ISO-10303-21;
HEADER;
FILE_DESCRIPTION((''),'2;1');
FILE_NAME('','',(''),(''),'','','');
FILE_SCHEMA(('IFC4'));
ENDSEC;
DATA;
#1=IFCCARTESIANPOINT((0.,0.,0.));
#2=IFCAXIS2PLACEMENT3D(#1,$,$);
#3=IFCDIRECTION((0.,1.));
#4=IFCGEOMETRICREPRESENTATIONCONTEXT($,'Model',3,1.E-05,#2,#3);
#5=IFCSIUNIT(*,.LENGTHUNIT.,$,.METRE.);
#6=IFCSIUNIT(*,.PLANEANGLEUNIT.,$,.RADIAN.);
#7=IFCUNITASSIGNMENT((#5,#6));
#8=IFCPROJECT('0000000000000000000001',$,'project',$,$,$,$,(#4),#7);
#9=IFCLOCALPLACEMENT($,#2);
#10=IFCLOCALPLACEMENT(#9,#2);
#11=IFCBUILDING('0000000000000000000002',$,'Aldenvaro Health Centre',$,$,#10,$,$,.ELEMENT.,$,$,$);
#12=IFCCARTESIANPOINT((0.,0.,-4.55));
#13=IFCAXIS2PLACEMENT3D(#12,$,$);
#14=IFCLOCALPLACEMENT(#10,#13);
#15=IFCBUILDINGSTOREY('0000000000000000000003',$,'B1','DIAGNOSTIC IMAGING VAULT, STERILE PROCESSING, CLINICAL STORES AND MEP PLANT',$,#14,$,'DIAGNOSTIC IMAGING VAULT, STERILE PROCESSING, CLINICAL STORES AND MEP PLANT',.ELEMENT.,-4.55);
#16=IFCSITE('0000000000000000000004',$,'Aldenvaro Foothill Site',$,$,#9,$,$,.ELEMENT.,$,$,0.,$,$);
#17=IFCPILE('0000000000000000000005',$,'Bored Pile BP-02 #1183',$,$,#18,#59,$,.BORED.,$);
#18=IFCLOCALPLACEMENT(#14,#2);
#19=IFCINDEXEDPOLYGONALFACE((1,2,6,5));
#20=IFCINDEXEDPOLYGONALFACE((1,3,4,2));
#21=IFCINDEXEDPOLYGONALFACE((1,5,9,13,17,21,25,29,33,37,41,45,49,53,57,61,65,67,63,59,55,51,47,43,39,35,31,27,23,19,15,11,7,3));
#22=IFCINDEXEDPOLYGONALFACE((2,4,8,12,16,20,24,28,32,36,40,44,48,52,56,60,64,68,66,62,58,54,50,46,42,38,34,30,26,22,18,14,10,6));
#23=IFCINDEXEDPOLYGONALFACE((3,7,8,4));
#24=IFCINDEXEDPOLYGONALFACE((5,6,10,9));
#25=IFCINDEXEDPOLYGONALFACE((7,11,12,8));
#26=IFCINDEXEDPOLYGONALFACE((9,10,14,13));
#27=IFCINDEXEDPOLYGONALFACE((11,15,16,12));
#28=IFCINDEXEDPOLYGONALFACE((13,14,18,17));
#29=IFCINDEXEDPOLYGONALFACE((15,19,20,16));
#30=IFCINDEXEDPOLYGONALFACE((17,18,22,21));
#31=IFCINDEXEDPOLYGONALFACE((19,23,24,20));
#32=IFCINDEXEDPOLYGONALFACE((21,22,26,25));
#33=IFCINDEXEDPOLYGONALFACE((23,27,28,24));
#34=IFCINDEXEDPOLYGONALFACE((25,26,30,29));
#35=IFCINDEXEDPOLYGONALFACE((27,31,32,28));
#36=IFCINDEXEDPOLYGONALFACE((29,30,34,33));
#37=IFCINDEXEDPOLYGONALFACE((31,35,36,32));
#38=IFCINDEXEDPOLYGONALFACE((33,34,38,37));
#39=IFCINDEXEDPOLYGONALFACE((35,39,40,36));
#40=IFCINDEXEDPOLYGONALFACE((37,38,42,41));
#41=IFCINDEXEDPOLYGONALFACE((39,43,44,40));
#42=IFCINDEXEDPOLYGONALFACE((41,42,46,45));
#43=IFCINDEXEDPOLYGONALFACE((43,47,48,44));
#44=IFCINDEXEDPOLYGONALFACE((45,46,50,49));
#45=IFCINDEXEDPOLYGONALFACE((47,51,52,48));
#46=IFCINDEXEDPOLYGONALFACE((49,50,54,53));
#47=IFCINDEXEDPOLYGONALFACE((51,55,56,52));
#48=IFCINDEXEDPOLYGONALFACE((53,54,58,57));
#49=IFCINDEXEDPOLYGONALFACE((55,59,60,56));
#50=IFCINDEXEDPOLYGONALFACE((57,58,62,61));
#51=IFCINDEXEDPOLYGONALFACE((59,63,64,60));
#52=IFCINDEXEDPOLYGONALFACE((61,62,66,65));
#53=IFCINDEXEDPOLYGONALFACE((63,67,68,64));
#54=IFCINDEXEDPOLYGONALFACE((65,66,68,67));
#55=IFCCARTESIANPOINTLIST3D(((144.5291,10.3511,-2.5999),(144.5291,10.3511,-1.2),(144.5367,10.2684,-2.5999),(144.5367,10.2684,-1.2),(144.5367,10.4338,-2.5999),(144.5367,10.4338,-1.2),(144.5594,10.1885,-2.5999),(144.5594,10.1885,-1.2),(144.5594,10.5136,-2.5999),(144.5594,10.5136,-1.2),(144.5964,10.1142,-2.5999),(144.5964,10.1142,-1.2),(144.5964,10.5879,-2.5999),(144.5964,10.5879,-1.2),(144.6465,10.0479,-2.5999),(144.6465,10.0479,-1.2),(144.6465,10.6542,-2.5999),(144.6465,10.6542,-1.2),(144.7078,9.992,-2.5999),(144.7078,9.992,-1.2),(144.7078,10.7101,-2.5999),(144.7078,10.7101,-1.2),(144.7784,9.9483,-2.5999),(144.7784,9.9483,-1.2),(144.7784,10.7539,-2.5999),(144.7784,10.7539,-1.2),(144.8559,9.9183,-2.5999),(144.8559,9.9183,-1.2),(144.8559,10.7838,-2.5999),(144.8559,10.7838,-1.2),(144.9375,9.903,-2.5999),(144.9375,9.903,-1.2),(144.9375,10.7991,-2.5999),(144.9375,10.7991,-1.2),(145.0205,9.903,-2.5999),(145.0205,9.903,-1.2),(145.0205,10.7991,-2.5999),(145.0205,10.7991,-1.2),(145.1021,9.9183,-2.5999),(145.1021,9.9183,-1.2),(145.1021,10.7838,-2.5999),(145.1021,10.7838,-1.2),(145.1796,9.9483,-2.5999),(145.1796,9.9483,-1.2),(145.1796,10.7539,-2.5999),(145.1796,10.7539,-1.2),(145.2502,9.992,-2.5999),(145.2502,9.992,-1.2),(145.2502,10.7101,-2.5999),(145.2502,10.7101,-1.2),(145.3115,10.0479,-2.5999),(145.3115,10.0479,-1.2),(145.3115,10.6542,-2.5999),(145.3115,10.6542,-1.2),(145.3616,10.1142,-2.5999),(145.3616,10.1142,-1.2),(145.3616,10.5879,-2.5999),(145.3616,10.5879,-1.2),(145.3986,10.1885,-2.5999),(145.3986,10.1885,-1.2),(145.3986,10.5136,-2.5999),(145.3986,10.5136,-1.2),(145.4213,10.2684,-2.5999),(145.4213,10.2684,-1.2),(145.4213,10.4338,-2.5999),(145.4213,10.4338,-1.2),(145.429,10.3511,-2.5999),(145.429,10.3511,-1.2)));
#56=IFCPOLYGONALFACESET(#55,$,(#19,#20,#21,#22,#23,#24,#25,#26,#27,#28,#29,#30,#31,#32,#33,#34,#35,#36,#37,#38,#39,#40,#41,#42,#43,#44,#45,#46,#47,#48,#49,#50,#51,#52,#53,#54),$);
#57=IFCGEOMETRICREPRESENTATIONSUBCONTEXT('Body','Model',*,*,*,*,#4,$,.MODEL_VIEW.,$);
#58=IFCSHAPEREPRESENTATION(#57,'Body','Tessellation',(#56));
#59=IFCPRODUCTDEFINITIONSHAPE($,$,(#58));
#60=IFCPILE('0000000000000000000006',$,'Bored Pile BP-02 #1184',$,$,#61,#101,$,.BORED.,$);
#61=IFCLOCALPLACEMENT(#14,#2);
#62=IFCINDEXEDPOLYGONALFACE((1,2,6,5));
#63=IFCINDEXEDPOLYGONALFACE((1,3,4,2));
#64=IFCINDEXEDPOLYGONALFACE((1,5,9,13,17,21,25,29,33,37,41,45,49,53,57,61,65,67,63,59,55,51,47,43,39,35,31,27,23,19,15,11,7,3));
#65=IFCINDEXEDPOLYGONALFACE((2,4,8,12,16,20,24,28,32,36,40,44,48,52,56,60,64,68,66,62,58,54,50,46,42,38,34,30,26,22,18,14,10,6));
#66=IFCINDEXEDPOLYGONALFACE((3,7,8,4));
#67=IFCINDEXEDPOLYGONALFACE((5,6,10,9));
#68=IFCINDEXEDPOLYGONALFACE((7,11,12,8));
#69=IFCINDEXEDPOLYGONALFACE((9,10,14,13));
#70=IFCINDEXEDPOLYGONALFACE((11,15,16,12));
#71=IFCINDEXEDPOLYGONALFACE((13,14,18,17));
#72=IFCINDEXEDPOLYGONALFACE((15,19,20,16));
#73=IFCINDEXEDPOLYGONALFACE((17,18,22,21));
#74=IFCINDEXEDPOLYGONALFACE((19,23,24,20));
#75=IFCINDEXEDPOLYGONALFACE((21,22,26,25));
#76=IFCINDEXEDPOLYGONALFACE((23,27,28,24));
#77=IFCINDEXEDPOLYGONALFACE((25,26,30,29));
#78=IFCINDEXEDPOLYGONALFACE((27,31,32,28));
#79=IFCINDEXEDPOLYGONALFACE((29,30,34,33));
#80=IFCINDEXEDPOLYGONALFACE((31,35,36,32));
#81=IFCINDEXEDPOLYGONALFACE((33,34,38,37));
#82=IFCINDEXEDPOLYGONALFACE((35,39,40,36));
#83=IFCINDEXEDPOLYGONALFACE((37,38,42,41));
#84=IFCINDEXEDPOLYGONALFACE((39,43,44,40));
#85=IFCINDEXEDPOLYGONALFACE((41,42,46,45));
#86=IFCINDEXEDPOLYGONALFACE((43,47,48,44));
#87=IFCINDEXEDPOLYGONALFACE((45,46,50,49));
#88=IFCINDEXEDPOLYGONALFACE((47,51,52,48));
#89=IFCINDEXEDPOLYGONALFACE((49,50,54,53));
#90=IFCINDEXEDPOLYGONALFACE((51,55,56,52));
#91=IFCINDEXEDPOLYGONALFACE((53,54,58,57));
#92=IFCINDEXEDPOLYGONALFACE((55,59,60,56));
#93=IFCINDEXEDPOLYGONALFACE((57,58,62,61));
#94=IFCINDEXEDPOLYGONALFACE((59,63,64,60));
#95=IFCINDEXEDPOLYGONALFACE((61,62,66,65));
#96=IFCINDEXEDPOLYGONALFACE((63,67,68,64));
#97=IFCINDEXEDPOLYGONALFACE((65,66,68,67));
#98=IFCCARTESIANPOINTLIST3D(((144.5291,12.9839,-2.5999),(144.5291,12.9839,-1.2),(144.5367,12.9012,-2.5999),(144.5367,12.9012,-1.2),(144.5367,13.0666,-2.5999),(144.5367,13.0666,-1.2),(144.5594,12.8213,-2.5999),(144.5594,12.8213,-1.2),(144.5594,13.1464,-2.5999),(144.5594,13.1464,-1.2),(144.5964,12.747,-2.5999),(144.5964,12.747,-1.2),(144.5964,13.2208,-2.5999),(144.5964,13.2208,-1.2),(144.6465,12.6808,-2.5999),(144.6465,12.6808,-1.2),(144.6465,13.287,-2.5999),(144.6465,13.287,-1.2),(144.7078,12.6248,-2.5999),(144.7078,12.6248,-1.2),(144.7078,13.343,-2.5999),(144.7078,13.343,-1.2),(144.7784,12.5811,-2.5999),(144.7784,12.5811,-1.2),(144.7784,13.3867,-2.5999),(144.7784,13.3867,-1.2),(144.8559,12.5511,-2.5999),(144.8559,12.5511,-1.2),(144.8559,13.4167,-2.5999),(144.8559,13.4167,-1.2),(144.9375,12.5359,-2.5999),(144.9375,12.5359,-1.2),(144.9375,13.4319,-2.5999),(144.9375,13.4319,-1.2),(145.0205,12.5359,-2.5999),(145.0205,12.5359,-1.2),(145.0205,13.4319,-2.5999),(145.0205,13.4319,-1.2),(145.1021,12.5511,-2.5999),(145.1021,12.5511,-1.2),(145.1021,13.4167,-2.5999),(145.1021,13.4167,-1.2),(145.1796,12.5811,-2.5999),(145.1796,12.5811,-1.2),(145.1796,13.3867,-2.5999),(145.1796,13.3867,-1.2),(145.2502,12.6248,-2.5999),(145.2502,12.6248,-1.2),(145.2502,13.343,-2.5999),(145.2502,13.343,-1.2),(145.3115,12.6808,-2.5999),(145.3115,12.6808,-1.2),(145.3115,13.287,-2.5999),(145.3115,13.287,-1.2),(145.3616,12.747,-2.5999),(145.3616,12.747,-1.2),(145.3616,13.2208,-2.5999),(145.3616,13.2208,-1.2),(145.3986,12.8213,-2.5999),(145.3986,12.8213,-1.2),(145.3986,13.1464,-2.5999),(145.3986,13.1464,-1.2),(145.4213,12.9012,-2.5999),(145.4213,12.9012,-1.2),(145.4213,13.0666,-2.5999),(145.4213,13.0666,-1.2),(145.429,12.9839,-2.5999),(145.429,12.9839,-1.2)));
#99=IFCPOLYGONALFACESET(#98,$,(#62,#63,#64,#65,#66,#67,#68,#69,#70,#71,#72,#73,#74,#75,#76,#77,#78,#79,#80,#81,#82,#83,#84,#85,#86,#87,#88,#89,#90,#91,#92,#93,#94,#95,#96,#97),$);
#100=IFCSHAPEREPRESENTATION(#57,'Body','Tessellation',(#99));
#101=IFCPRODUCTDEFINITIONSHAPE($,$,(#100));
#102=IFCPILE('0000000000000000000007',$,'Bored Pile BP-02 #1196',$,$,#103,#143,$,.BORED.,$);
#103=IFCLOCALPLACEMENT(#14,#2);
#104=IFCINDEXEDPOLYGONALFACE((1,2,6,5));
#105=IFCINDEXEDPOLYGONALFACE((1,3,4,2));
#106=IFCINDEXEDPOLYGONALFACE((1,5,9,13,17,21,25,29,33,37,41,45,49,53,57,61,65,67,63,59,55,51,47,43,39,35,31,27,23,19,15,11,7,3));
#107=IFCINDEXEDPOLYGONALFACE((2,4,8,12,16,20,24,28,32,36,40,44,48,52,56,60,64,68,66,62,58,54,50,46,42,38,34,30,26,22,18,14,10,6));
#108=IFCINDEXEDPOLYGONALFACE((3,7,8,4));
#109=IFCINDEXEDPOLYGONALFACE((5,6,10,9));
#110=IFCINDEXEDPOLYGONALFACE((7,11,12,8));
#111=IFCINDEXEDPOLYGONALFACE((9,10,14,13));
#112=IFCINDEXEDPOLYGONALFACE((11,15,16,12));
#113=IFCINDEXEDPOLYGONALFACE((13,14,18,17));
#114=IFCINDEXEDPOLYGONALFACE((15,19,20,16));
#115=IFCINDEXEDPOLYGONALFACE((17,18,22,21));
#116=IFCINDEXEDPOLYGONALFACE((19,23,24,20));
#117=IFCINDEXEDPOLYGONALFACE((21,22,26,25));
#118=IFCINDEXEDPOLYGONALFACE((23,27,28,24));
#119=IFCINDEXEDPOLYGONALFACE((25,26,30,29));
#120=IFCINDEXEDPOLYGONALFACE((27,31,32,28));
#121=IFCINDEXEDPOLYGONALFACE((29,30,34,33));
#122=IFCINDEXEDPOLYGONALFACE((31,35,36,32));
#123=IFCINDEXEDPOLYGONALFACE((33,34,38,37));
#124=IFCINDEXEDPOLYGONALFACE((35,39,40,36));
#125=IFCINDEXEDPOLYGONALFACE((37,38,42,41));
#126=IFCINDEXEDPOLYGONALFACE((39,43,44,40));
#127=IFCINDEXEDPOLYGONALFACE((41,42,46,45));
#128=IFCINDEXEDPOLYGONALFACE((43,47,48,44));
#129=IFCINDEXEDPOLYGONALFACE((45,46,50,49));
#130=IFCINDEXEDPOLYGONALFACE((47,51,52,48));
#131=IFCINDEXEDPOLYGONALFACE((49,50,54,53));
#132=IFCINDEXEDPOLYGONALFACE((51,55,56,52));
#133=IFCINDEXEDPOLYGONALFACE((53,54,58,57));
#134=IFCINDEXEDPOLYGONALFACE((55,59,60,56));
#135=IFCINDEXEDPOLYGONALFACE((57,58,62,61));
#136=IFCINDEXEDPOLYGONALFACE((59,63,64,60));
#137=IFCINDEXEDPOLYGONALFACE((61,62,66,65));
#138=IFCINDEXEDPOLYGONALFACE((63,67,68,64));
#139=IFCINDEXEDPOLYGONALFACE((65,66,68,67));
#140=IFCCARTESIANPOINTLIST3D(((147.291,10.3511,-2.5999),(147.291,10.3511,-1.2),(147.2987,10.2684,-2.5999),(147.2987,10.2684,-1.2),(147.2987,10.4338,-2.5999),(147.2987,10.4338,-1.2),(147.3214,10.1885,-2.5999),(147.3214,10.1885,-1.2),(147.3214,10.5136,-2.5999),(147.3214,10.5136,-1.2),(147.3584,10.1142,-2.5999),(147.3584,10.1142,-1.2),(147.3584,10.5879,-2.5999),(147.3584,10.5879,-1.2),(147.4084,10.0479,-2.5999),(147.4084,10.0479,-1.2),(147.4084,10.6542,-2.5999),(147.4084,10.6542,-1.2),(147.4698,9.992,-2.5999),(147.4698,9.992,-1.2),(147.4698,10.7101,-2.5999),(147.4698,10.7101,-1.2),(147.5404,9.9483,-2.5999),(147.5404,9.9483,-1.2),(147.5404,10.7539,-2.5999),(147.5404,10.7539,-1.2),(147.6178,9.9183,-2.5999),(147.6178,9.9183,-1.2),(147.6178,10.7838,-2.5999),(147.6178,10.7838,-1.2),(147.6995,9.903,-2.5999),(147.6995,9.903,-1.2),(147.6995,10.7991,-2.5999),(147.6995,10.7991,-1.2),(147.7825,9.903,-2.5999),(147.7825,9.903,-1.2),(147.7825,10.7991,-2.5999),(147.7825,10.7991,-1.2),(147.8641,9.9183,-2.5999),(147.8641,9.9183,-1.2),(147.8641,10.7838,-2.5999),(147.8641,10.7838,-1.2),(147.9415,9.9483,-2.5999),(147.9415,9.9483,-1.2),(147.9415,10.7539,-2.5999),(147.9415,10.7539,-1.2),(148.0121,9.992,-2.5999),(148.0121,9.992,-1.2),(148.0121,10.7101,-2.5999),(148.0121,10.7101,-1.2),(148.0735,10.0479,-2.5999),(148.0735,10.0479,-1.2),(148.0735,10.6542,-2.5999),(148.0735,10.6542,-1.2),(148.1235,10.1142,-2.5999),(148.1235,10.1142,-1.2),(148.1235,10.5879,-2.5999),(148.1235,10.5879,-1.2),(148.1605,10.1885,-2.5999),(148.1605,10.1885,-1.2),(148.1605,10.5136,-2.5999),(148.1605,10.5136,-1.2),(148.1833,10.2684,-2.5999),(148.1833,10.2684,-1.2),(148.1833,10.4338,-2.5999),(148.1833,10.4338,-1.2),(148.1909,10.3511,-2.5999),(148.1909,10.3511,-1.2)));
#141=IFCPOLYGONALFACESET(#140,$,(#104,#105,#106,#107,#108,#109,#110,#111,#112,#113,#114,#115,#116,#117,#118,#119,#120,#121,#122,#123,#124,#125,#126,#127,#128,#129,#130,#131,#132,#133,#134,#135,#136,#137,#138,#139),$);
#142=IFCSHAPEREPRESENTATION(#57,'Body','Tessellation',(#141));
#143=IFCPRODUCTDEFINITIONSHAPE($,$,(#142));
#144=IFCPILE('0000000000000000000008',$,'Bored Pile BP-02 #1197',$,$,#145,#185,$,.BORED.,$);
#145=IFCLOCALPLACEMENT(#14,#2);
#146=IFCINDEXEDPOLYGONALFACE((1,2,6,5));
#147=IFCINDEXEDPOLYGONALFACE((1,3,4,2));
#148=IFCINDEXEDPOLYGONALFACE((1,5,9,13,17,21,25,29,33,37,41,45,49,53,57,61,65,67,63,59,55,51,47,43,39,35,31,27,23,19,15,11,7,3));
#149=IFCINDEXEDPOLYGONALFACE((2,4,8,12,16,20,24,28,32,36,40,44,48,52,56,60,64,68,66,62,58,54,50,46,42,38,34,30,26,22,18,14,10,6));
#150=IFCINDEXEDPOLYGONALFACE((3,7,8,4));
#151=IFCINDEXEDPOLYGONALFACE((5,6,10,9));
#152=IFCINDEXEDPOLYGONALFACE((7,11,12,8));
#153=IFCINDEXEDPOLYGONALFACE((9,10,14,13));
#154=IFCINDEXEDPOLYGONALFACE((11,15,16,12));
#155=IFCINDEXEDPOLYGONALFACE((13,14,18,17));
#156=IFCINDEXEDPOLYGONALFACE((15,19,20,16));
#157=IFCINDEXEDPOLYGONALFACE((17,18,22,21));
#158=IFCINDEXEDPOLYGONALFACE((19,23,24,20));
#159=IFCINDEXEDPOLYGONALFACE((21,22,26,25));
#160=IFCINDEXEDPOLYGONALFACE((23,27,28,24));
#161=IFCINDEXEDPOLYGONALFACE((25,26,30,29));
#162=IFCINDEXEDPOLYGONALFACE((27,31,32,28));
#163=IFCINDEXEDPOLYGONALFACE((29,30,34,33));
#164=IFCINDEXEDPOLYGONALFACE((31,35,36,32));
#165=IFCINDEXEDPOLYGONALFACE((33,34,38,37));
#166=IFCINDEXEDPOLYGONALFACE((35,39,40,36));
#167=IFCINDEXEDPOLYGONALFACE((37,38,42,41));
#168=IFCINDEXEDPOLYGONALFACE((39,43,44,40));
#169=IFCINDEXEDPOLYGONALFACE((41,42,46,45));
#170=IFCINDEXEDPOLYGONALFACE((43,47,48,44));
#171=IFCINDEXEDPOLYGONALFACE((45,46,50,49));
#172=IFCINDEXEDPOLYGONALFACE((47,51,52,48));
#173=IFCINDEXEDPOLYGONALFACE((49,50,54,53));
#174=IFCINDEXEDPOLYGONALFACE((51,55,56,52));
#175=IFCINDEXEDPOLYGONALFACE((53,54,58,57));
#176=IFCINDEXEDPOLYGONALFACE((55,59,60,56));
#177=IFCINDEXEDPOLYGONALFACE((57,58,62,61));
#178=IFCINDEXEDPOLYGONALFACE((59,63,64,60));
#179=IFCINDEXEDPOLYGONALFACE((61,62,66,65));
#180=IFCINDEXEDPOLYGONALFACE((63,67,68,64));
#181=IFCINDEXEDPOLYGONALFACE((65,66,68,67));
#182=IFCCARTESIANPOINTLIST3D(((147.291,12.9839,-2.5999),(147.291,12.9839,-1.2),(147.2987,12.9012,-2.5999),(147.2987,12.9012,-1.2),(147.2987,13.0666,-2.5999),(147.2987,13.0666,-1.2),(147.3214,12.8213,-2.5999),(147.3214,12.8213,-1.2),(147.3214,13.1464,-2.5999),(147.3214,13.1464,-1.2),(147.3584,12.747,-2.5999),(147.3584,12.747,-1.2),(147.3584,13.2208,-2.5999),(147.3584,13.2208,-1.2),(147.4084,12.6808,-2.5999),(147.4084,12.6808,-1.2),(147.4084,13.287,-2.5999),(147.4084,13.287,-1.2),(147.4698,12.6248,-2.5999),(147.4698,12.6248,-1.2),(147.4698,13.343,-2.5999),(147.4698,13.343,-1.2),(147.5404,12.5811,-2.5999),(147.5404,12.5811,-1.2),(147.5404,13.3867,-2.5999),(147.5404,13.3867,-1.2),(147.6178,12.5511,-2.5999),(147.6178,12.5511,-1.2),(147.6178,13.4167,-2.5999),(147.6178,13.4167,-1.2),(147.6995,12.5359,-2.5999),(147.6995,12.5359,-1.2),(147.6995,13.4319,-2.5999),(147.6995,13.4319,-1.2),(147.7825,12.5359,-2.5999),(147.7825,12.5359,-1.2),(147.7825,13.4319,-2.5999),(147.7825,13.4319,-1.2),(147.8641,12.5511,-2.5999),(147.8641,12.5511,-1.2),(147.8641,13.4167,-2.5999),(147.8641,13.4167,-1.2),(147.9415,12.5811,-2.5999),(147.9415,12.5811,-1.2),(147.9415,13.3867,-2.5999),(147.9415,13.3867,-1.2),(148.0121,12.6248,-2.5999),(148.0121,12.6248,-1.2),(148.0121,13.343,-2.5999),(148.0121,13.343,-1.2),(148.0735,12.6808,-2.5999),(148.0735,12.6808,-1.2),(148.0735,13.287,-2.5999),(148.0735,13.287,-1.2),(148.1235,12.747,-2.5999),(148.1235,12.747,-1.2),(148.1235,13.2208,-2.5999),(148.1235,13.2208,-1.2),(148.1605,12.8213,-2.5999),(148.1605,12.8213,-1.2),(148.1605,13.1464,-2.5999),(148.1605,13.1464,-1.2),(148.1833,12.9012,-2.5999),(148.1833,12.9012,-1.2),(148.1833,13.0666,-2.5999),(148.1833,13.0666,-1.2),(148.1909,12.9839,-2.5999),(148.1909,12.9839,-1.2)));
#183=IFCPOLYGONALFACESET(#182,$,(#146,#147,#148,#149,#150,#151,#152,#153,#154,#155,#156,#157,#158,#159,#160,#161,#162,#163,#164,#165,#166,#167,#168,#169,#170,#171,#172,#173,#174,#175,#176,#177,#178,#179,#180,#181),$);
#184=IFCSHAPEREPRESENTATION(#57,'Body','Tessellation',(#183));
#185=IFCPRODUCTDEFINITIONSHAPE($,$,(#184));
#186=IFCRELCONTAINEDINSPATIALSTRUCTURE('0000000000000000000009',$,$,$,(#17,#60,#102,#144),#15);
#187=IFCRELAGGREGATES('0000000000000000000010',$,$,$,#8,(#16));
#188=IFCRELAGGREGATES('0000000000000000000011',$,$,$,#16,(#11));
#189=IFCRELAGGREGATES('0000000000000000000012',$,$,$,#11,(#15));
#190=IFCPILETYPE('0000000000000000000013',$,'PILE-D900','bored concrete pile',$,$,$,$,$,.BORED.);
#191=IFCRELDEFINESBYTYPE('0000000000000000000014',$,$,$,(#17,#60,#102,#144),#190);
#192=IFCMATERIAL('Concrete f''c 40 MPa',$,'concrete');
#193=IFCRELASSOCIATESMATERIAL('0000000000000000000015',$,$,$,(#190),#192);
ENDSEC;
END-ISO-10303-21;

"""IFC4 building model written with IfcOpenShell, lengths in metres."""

from ifc_helpers import new_model, si_unit, direction, frame, origin, origin_2d, place, context, subcontext, project, spatial, circle, extrude, material, material_profile, profile_set, type_object, element, save


model = new_model("IFC4")

# Units and contexts
model_context = context("Model", 3, precision=1e-05, world=origin(), true_north=direction((0.0, 1.0)))
body_context = subcontext(model_context, "Body", "Model", "MODEL_VIEW")
ifc_project = project(units=[si_unit("LENGTHUNIT", "METRE"), si_unit("PLANEANGLEUNIT", "RADIAN")], contexts=[model_context])

# Site, building, storey
site_placement = place(None, origin())
site = spatial("IfcSite", under=ifc_project, at=site_placement, Name="Aldenvaro Foothill Site", CompositionType="ELEMENT", RefElevation=0.0)
building_placement = place(site_placement, origin())
building = spatial("IfcBuilding", under=site, at=building_placement, Name="Aldenvaro Health Centre", CompositionType="ELEMENT")
storey_placement = place(building_placement, frame((0.0, 0.0, -4.55)))
storey = spatial("IfcBuildingStorey", under=building, at=storey_placement, Name="B1", Description="DIAGNOSTIC IMAGING VAULT, STERILE PROCESSING, CLINICAL STORES AND MEP PLANT", LongName="DIAGNOSTIC IMAGING VAULT, STERILE PROCESSING, CLINICAL STORES AND MEP PLANT", CompositionType="ELEMENT", Elevation=-4.55)

# Piles
ifc_material_1 = material(Name="Concrete f'c 40 MPa", Category="concrete")
ifc_material_profile_1 = material_profile(ifc_material_1, circle(Radius=0.45, at=origin_2d()), Name="PILE D900", Category="concrete")
ifc_profile_set_1 = profile_set([ifc_material_profile_1], Name="Concrete f'c 40 MPa")
pile_type = type_object("IfcPileType", Name="PILE-D900", Description="bored concrete pile", PredefinedType="BORED", material=ifc_profile_set_1)
for number, where, z_axis, x_axis, name in (
    (1, (144.979, 10.3511, -1.2), (0.0, 0.0, -1.0), (1.0, 0.0, 0.0), "Bored Pile BP-02 #1183"),
    (2, (144.979, 12.9839, -1.2), (0.0, 0.0, -1.0), (1.0, 0.0, 0.0), "Bored Pile BP-02 #1184"),
    (3, (147.741, 10.3511, -1.2), (0.0, 0.0, -1.0), (1.0, 0.0, 0.0), "Bored Pile BP-02 #1196"),
    (4, (147.741, 12.9839, -1.2), (0.0, 0.0, -1.0), (1.0, 0.0, 0.0), "Bored Pile BP-02 #1197"),
):
    element("IfcPile", number, at=place(storey_placement, frame(where, z_axis=z_axis, x_axis=x_axis)), inside=storey, type_object=pile_type, Name=name, PredefinedType="BORED", context=body_context, shape_type="SweptSolid", body=[
        extrude(circle(Radius=0.45, at=origin_2d()), origin(), (0.0, 0.0, 1.0), 1.3999),
    ])

save(model, "model.ifc")
